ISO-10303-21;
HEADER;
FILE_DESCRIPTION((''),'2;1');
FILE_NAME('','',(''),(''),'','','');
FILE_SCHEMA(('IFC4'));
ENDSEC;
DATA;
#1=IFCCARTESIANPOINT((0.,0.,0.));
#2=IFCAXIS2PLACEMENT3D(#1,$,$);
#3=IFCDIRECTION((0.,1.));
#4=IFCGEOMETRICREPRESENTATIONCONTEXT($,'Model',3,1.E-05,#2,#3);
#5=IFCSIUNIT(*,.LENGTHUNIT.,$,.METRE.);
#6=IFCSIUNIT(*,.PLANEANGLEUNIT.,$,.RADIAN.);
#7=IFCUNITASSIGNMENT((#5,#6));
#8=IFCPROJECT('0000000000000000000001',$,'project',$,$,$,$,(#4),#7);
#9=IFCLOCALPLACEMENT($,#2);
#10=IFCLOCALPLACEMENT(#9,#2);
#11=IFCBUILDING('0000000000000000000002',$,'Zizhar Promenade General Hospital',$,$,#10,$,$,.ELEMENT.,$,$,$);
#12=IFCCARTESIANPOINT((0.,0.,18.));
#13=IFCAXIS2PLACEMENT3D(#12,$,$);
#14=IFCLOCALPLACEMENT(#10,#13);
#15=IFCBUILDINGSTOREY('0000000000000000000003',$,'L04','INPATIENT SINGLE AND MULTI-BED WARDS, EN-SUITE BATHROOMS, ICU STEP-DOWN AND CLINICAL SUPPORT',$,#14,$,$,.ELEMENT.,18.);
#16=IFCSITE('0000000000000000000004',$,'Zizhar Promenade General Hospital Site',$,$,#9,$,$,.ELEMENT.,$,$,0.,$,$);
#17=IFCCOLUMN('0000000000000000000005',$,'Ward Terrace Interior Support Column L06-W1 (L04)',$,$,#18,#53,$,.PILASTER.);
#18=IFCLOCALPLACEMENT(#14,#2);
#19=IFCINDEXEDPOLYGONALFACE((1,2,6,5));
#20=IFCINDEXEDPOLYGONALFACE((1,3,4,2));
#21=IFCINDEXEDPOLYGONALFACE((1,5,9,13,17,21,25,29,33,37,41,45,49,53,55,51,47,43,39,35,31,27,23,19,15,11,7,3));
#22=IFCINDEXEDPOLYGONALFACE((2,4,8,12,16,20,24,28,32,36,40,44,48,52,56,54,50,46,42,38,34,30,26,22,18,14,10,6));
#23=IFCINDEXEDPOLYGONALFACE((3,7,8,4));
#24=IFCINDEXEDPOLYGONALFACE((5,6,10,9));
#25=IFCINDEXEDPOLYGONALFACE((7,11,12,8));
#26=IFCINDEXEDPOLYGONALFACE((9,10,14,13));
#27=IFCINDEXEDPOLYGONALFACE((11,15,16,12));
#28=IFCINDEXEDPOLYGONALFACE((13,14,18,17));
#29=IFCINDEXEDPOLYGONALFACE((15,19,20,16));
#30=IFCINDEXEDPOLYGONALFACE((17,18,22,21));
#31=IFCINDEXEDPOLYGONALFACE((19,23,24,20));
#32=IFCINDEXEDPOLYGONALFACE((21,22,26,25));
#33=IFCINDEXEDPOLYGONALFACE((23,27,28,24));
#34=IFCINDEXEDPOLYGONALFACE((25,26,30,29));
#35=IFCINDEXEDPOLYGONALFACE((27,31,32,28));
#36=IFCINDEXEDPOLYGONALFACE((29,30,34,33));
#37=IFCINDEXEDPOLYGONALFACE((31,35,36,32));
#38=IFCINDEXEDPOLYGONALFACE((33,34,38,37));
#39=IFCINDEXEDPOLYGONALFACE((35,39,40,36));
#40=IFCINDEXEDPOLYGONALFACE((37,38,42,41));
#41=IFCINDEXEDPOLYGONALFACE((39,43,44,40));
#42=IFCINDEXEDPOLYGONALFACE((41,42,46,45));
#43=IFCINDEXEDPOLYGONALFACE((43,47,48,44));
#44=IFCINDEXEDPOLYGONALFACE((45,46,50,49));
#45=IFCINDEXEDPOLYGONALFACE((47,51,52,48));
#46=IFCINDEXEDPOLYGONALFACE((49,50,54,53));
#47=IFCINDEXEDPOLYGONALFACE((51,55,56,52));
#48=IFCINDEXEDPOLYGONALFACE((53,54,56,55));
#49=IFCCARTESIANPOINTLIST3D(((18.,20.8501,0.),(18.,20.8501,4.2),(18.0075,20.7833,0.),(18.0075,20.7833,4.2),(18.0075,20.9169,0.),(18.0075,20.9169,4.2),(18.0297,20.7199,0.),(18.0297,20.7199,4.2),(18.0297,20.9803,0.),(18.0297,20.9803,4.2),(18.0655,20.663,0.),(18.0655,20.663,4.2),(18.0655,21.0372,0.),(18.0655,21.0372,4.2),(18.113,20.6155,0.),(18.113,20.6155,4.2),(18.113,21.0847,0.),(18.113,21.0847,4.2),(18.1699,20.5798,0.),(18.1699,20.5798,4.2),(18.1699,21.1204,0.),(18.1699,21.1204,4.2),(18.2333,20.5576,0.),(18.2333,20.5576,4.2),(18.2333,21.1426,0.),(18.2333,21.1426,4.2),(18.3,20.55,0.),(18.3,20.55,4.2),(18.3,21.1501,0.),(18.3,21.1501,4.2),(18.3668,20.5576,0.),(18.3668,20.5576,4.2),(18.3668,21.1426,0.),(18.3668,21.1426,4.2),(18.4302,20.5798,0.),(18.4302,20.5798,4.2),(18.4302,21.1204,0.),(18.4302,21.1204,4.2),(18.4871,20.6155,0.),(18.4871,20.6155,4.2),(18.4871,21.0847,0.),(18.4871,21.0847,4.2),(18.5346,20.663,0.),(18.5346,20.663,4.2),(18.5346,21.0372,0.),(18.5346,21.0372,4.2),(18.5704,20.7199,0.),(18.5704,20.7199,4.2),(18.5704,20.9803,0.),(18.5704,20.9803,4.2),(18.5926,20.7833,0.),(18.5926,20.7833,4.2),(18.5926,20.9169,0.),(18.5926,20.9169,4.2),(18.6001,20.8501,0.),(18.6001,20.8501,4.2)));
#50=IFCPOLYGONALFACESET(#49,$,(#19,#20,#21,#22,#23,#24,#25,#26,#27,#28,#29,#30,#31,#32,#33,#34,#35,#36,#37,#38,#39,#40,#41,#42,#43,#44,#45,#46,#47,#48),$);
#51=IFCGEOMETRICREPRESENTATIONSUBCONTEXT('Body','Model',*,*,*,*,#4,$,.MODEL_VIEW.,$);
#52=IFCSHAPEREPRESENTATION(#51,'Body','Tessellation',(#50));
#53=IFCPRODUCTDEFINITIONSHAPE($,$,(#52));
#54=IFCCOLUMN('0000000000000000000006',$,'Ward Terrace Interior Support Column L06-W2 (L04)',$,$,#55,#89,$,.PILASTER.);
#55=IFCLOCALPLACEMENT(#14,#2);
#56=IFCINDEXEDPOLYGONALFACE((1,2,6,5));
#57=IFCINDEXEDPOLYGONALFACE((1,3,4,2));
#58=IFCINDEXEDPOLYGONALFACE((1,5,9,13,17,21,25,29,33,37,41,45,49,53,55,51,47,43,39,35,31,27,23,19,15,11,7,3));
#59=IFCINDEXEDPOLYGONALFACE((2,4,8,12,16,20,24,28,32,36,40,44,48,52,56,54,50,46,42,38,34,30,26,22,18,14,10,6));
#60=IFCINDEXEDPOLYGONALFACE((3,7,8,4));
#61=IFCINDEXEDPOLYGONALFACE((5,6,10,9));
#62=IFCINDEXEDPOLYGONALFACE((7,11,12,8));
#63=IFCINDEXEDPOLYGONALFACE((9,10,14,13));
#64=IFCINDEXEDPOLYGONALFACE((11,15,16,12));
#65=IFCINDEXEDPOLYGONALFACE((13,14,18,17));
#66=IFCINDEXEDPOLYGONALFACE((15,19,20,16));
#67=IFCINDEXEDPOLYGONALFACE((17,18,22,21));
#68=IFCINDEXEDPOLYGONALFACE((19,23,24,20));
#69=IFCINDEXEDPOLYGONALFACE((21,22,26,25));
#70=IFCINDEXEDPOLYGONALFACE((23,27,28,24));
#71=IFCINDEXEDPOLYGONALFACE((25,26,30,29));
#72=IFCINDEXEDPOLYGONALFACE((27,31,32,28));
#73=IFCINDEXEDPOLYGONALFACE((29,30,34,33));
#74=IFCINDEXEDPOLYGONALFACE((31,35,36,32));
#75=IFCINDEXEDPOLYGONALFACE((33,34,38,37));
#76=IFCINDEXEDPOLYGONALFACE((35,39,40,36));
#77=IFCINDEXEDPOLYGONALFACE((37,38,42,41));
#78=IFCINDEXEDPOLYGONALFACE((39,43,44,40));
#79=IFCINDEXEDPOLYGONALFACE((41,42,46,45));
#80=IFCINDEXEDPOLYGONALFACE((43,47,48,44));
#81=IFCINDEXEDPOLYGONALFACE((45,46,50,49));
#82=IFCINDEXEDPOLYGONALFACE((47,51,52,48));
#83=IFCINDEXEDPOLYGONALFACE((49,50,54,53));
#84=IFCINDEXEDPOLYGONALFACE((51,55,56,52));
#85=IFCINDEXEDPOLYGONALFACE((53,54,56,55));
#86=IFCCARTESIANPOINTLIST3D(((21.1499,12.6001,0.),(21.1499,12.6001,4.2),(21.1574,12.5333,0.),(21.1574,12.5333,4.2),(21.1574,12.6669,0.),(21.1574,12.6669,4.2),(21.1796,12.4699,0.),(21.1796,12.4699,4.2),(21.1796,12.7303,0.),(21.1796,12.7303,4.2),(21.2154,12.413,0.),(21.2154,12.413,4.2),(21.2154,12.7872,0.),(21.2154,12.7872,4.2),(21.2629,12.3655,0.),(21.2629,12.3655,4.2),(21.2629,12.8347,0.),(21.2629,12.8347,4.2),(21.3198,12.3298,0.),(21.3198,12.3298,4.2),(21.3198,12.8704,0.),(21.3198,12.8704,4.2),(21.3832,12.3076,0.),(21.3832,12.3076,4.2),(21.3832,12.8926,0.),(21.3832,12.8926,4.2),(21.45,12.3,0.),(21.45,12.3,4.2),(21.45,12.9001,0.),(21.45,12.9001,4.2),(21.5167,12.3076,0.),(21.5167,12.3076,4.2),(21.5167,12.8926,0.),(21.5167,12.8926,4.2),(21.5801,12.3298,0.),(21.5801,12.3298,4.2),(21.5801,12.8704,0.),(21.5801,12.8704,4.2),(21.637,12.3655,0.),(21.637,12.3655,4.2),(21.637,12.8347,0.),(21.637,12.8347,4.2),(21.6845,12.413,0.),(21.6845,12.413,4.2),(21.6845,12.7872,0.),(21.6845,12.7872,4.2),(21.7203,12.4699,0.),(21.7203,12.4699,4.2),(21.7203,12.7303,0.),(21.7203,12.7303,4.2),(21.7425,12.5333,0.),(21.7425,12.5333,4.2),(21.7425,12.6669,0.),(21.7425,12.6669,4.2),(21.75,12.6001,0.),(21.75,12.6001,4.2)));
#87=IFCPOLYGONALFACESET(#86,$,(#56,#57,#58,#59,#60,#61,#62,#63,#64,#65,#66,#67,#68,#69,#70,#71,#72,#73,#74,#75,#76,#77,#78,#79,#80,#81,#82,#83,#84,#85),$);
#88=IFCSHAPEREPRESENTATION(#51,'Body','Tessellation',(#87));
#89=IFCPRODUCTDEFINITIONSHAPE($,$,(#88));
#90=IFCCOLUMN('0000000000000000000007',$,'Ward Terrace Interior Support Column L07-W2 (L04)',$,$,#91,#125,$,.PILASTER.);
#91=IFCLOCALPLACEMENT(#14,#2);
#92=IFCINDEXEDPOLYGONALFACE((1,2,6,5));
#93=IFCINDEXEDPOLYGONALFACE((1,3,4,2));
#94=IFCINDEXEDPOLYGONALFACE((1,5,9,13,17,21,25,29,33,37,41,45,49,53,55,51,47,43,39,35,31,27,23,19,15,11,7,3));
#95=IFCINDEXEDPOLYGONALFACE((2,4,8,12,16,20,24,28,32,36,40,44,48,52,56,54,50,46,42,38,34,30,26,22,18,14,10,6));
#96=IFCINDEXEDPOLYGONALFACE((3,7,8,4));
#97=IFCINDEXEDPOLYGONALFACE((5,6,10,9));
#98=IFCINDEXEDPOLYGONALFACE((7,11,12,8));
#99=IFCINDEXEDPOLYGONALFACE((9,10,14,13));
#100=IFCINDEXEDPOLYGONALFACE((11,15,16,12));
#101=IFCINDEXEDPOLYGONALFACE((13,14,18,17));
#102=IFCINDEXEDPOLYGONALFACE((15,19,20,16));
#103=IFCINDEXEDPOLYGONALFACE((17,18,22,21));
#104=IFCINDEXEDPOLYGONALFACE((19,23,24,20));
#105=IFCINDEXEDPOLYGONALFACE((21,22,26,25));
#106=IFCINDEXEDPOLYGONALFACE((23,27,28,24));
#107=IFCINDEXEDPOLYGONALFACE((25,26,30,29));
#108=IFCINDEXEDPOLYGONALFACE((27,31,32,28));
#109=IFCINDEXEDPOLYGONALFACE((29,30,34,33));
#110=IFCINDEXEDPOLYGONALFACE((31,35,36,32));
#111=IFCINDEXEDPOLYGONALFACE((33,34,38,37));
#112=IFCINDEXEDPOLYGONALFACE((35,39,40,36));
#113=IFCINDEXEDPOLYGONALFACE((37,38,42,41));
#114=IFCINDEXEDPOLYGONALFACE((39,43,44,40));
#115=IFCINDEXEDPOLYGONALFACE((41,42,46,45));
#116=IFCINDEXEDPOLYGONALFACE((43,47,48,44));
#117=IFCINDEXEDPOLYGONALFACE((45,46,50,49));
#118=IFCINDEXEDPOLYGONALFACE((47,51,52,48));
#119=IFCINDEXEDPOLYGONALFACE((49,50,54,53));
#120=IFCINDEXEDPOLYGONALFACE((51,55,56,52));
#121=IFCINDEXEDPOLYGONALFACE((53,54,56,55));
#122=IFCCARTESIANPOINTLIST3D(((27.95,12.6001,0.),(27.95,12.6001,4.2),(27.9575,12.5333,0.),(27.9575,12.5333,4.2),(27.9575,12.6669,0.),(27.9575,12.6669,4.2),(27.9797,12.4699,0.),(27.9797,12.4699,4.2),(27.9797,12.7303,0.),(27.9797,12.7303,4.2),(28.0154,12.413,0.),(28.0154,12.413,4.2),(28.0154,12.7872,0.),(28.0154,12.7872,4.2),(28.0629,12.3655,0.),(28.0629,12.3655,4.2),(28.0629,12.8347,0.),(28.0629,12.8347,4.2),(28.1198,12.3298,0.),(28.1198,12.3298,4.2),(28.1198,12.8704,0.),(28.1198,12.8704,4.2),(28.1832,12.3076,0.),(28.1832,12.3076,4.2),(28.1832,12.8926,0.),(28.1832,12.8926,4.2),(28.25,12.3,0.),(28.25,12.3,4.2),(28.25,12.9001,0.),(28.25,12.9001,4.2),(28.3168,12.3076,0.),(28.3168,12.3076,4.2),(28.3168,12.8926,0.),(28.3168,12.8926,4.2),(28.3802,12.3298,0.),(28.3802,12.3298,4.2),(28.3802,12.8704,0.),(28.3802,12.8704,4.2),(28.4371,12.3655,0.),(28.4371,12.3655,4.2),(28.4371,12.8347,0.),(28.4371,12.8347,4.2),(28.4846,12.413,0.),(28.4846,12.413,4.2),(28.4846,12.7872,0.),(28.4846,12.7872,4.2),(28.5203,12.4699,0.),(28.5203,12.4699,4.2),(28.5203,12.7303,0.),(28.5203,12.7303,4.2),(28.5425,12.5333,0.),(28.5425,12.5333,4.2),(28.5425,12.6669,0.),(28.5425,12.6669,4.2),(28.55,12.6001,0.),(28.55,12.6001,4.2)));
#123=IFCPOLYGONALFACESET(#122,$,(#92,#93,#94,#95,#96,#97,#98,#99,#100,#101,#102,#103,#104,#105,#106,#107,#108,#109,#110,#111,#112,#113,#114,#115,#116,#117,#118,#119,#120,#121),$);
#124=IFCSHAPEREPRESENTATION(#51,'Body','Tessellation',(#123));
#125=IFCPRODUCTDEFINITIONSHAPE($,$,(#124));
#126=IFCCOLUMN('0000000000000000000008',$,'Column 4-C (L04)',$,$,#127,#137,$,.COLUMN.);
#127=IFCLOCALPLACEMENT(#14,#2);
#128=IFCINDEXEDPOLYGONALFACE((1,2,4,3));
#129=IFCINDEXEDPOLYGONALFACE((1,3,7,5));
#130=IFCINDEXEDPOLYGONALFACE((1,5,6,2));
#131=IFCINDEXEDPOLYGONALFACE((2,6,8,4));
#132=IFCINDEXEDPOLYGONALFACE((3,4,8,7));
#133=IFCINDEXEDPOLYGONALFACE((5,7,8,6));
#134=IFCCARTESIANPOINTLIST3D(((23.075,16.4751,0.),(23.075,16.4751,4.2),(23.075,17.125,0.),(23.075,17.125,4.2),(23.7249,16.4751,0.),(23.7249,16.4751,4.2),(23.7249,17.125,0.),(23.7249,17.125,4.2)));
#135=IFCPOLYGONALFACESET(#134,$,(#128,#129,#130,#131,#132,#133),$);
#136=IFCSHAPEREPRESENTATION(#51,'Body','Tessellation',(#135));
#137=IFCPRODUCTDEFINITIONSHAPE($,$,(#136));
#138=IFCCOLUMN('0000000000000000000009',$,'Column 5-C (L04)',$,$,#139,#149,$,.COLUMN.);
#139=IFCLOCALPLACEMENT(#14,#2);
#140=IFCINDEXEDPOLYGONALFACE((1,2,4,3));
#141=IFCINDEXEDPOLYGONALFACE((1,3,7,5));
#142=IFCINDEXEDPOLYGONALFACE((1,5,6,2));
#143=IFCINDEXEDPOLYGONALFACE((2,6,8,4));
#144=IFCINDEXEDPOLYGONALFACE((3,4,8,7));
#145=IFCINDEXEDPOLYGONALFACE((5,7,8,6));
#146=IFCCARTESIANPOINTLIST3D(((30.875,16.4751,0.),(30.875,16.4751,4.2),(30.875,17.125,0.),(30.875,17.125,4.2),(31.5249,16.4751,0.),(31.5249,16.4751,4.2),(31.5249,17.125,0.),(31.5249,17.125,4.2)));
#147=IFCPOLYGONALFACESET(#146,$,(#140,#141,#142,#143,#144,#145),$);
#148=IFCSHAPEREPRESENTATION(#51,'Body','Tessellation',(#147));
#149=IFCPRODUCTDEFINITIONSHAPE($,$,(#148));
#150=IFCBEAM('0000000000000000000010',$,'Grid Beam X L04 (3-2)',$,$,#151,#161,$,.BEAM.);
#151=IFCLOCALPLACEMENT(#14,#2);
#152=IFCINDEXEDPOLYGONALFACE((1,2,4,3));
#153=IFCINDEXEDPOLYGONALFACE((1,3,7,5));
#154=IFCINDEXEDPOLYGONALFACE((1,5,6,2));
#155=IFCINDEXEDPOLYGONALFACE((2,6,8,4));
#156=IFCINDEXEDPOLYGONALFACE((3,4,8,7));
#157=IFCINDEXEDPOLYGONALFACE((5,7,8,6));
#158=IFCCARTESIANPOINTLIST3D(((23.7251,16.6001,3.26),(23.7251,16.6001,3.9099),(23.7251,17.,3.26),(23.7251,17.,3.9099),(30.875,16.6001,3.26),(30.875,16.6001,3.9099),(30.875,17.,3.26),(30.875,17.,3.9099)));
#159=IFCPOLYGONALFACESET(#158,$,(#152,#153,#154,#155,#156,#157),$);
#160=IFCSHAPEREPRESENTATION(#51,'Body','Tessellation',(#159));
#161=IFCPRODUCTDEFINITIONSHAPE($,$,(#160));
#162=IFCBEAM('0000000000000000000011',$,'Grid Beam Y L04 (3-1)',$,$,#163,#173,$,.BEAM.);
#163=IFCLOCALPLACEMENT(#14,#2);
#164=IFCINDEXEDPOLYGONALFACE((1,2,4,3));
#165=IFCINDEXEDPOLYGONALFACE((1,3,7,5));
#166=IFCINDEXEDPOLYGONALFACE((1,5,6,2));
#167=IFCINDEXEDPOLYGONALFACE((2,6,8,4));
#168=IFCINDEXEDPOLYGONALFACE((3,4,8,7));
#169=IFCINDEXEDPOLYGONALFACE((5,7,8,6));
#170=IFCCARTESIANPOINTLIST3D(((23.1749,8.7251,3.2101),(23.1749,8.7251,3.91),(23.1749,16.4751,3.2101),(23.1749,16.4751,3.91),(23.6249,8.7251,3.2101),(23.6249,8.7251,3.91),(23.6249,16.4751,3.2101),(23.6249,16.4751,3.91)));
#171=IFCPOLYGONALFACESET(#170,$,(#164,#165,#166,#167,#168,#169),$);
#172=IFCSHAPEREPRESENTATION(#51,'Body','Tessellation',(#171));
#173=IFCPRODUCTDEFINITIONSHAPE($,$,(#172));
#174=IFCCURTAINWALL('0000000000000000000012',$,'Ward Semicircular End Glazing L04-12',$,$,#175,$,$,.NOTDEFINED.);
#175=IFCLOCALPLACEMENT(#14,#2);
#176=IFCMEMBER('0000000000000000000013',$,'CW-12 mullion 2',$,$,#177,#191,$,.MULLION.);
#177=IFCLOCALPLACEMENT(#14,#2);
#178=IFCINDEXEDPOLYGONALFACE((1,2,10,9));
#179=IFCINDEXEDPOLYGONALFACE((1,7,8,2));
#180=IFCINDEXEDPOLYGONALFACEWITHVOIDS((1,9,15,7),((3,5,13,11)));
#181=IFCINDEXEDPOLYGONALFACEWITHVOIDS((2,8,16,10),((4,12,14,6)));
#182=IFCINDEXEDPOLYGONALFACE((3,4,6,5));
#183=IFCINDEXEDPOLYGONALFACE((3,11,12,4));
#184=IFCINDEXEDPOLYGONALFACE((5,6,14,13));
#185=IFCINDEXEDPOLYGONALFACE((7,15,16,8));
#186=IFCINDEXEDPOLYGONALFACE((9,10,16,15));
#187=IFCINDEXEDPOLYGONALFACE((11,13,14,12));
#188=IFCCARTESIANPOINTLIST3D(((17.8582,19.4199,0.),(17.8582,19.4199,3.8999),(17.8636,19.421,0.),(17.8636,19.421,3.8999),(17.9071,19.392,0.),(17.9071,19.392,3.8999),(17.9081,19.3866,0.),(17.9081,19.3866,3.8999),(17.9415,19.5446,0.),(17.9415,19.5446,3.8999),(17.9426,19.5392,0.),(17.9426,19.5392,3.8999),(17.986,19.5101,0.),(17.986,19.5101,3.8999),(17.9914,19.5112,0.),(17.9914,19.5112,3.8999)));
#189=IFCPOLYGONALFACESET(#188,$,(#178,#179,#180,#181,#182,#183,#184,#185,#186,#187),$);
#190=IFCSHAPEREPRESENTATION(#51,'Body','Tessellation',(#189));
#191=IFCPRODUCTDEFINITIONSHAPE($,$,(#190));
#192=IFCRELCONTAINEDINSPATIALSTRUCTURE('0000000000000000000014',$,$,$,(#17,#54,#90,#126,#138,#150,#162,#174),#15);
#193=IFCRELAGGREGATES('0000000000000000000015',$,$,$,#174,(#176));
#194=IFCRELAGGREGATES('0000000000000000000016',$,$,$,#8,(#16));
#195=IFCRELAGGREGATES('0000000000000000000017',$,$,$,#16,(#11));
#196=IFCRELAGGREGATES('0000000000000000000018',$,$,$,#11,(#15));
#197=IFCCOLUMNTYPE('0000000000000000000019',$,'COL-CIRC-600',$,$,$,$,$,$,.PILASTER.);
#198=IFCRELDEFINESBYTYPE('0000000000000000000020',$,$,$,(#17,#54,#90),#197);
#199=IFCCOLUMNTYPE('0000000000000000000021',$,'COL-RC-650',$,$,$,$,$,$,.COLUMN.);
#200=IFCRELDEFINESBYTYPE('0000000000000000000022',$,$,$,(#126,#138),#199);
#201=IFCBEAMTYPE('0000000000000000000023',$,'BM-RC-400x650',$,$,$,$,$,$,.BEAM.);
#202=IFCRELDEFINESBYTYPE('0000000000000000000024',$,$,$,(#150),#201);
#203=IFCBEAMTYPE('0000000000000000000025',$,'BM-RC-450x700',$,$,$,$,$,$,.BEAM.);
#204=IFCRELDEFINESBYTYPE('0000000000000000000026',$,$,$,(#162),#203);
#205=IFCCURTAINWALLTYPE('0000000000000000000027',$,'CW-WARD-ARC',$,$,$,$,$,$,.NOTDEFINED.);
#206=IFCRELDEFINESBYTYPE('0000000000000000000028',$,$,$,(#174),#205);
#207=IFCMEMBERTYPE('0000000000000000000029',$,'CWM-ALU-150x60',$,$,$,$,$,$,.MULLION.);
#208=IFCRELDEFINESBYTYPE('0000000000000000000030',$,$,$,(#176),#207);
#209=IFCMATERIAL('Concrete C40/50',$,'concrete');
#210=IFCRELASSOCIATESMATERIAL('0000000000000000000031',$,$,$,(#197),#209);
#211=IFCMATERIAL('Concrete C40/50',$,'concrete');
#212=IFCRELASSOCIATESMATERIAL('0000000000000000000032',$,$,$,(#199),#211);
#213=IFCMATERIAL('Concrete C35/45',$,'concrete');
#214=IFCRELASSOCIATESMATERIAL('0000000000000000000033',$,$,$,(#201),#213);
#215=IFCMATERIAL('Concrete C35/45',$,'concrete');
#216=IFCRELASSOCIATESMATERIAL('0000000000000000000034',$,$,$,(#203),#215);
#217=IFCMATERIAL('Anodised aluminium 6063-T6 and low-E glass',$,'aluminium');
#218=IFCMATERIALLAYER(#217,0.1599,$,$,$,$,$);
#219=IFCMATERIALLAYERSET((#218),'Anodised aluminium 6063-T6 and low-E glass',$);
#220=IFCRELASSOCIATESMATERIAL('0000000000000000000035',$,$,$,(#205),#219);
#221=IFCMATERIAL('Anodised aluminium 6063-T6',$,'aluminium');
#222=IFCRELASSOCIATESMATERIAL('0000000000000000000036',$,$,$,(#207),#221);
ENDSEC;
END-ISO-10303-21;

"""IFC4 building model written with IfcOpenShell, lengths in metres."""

from ifc_helpers import new_model, si_unit, direction, frame, origin, origin_2d, place, context, subcontext, project, spatial, rectangle, hollow_rectangle, circle, extrude, material, layer, layer_set, material_profile, profile_set, type_object, element, aggregate, save


model = new_model("IFC4")

# Units and contexts
model_context = context("Model", 3, precision=1e-05, world=origin(), true_north=direction((0.0, 1.0)))
body_context = subcontext(model_context, "Body", "Model", "MODEL_VIEW")
ifc_project = project(units=[si_unit("LENGTHUNIT", "METRE"), si_unit("PLANEANGLEUNIT", "RADIAN")], contexts=[model_context])

# Site, building, storey
site_placement = place(None, origin())
site = spatial("IfcSite", under=ifc_project, at=site_placement, Name="Zizhar Promenade General Hospital Site", CompositionType="ELEMENT", RefElevation=0.0)
building_placement = place(site_placement, origin())
building = spatial("IfcBuilding", under=site, at=building_placement, Name="Zizhar Promenade General Hospital", CompositionType="ELEMENT")
storey_placement = place(building_placement, frame((0.0, 0.0, 18.0)))
storey = spatial("IfcBuildingStorey", under=building, at=storey_placement, Name="L04", Description="INPATIENT SINGLE AND MULTI-BED WARDS, EN-SUITE BATHROOMS, ICU STEP-DOWN AND CLINICAL SUPPORT", CompositionType="ELEMENT", Elevation=18.0)

# Columns
ifc_material_1 = material(Name="Concrete C40/50", Category="concrete")
ifc_material_profile_1 = material_profile(ifc_material_1, circle(Radius=0.3, at=origin_2d()))
ifc_profile_set_1 = profile_set([ifc_material_profile_1], Name="Concrete C40/50")
column_type_1 = type_object("IfcColumnType", Name="COL-CIRC-600", PredefinedType="PILASTER", material=ifc_profile_set_1)
for number, where, z_axis, x_axis, name in (
    (1, (18.3, 20.8501, 0.0), (0.0, 0.0, 1.0), (1.0, 0.0, 0.0), "Ward Terrace Interior Support Column L06-W1 (L04)"),
    (2, (21.45, 12.6001, 0.0), (0.0, 0.0, 1.0), (1.0, 0.0, 0.0), "Ward Terrace Interior Support Column L06-W2 (L04)"),
    (3, (28.25, 12.6001, 0.0), (0.0, 0.0, 1.0), (1.0, 0.0, 0.0), "Ward Terrace Interior Support Column L07-W2 (L04)"),
):
    element("IfcColumn", number, at=place(storey_placement, frame(where, z_axis=z_axis, x_axis=x_axis)), inside=storey, type_object=column_type_1, Name=name, PredefinedType="PILASTER", context=body_context, shape_type="SweptSolid", body=[
        extrude(circle(Radius=0.3, at=origin_2d()), origin(), (0.0, 0.0, 1.0), 4.2),
    ])
ifc_material_2 = material(Name="Concrete C40/50", Category="concrete")
ifc_material_profile_2 = material_profile(ifc_material_2, rectangle(XDim=0.6499, YDim=0.6499, at=origin_2d()))
ifc_profile_set_2 = profile_set([ifc_material_profile_2], Name="Concrete C40/50")
column_type_2 = type_object("IfcColumnType", Name="COL-RC-650", PredefinedType="COLUMN", material=ifc_profile_set_2)
for number, where, z_axis, x_axis, name in (
    (4, (23.3999, 16.8, 0.0), (0.0, 0.0, 1.0), (1.0, 0.0, 0.0), "Column 4-C (L04)"),
    (5, (31.2, 16.8, 0.0), (0.0, 0.0, 1.0), (1.0, 0.0, 0.0), "Column 5-C (L04)"),
):
    element("IfcColumn", number, at=place(storey_placement, frame(where, z_axis=z_axis, x_axis=x_axis)), inside=storey, type_object=column_type_2, Name=name, PredefinedType="COLUMN", context=body_context, shape_type="SweptSolid", body=[
        extrude(rectangle(XDim=0.6499, YDim=0.6499, at=origin_2d()), origin(), (0.0, 0.0, 1.0), 4.2),
    ])

# Beams
ifc_material_3 = material(Name="Concrete C35/45", Category="concrete")
ifc_material_profile_3 = material_profile(ifc_material_3, rectangle(XDim=0.3999, YDim=0.6499, at=origin_2d()))
ifc_profile_set_3 = profile_set([ifc_material_profile_3], Name="Concrete C35/45")
beam_type_1 = type_object("IfcBeamType", Name="BM-RC-400x650", PredefinedType="BEAM", material=ifc_profile_set_3)
beam_1_placement = place(storey_placement, frame((23.7251, 16.8, 3.585), z_axis=(1.0, 0.0, 0.0), x_axis=(0.0, 1.0, 0.0)))
element("IfcBeam", 6, at=beam_1_placement, inside=storey, type_object=beam_type_1, Name="Grid Beam X L04 (3-2)", PredefinedType="BEAM", context=body_context, shape_type="SweptSolid", body=[
    extrude(rectangle(XDim=0.3999, YDim=0.6499, at=origin_2d()), origin(), (0.0, 0.0, 1.0), 7.1499),
])
ifc_material_4 = material(Name="Concrete C35/45", Category="concrete")
ifc_material_profile_4 = material_profile(ifc_material_4, rectangle(XDim=0.45, YDim=0.7, at=origin_2d()))
ifc_profile_set_4 = profile_set([ifc_material_profile_4], Name="Concrete C35/45")
beam_type_2 = type_object("IfcBeamType", Name="BM-RC-450x700", PredefinedType="BEAM", material=ifc_profile_set_4)
beam_2_placement = place(storey_placement, frame((23.3999, 8.7251, 3.5601), z_axis=(0.0, 1.0, 0.0), x_axis=(-1.0, 0.0, 0.0)))
element("IfcBeam", 7, at=beam_2_placement, inside=storey, type_object=beam_type_2, Name="Grid Beam Y L04 (3-1)", PredefinedType="BEAM", context=body_context, shape_type="SweptSolid", body=[
    extrude(rectangle(XDim=0.45, YDim=0.7, at=origin_2d()), origin(), (0.0, 0.0, 1.0), 7.75),
])

# Curtain wall, member
ifc_material_5 = material(Name="Anodised aluminium 6063-T6 and low-E glass", Category="aluminium")
ifc_layer_1 = layer(ifc_material_5, 0.1599)
ifc_layer_set_1 = layer_set([ifc_layer_1], Name="Anodised aluminium 6063-T6 and low-E glass")
curtain_wall_type = type_object("IfcCurtainWallType", Name="CW-WARD-ARC", PredefinedType="NOTDEFINED", material=ifc_layer_set_1)
curtain_wall_placement = place(storey_placement, origin())
curtain_wall = element("IfcCurtainWall", 8, at=curtain_wall_placement, inside=storey, type_object=curtain_wall_type, Name="Ward Semicircular End Glazing L04-12", PredefinedType="NOTDEFINED")
ifc_material_6 = material(Name="Anodised aluminium 6063-T6", Category="aluminium")
ifc_material_profile_5 = material_profile(ifc_material_6, hollow_rectangle(XDim=0.0601, YDim=0.1499, WallThickness=0.0039, at=origin_2d()))
ifc_profile_set_5 = profile_set([ifc_material_profile_5], Name="Anodised aluminium 6063-T6")
member_type_1 = type_object("IfcMemberType", Name="CWM-ALU-150x60", PredefinedType="MULLION", material=ifc_profile_set_5)
member_1_placement = place(storey_placement, frame((17.9248, 19.4656, 0.0), z_axis=(0.0, 0.0, 1.0), x_axis=(-0.831462, 0.555582, 0.0)))
member_1 = element("IfcMember", 9, at=member_1_placement, type_object=member_type_1, Name="CW-12 mullion 2", PredefinedType="MULLION", context=body_context, shape_type="SweptSolid", body=[
    extrude(hollow_rectangle(XDim=0.0601, YDim=0.1499, WallThickness=0.0039, at=origin_2d()), origin(), (0.0, 0.0, 1.0), 3.8999),
])
aggregate(curtain_wall, [member_1])

save(model, "model.ifc")
